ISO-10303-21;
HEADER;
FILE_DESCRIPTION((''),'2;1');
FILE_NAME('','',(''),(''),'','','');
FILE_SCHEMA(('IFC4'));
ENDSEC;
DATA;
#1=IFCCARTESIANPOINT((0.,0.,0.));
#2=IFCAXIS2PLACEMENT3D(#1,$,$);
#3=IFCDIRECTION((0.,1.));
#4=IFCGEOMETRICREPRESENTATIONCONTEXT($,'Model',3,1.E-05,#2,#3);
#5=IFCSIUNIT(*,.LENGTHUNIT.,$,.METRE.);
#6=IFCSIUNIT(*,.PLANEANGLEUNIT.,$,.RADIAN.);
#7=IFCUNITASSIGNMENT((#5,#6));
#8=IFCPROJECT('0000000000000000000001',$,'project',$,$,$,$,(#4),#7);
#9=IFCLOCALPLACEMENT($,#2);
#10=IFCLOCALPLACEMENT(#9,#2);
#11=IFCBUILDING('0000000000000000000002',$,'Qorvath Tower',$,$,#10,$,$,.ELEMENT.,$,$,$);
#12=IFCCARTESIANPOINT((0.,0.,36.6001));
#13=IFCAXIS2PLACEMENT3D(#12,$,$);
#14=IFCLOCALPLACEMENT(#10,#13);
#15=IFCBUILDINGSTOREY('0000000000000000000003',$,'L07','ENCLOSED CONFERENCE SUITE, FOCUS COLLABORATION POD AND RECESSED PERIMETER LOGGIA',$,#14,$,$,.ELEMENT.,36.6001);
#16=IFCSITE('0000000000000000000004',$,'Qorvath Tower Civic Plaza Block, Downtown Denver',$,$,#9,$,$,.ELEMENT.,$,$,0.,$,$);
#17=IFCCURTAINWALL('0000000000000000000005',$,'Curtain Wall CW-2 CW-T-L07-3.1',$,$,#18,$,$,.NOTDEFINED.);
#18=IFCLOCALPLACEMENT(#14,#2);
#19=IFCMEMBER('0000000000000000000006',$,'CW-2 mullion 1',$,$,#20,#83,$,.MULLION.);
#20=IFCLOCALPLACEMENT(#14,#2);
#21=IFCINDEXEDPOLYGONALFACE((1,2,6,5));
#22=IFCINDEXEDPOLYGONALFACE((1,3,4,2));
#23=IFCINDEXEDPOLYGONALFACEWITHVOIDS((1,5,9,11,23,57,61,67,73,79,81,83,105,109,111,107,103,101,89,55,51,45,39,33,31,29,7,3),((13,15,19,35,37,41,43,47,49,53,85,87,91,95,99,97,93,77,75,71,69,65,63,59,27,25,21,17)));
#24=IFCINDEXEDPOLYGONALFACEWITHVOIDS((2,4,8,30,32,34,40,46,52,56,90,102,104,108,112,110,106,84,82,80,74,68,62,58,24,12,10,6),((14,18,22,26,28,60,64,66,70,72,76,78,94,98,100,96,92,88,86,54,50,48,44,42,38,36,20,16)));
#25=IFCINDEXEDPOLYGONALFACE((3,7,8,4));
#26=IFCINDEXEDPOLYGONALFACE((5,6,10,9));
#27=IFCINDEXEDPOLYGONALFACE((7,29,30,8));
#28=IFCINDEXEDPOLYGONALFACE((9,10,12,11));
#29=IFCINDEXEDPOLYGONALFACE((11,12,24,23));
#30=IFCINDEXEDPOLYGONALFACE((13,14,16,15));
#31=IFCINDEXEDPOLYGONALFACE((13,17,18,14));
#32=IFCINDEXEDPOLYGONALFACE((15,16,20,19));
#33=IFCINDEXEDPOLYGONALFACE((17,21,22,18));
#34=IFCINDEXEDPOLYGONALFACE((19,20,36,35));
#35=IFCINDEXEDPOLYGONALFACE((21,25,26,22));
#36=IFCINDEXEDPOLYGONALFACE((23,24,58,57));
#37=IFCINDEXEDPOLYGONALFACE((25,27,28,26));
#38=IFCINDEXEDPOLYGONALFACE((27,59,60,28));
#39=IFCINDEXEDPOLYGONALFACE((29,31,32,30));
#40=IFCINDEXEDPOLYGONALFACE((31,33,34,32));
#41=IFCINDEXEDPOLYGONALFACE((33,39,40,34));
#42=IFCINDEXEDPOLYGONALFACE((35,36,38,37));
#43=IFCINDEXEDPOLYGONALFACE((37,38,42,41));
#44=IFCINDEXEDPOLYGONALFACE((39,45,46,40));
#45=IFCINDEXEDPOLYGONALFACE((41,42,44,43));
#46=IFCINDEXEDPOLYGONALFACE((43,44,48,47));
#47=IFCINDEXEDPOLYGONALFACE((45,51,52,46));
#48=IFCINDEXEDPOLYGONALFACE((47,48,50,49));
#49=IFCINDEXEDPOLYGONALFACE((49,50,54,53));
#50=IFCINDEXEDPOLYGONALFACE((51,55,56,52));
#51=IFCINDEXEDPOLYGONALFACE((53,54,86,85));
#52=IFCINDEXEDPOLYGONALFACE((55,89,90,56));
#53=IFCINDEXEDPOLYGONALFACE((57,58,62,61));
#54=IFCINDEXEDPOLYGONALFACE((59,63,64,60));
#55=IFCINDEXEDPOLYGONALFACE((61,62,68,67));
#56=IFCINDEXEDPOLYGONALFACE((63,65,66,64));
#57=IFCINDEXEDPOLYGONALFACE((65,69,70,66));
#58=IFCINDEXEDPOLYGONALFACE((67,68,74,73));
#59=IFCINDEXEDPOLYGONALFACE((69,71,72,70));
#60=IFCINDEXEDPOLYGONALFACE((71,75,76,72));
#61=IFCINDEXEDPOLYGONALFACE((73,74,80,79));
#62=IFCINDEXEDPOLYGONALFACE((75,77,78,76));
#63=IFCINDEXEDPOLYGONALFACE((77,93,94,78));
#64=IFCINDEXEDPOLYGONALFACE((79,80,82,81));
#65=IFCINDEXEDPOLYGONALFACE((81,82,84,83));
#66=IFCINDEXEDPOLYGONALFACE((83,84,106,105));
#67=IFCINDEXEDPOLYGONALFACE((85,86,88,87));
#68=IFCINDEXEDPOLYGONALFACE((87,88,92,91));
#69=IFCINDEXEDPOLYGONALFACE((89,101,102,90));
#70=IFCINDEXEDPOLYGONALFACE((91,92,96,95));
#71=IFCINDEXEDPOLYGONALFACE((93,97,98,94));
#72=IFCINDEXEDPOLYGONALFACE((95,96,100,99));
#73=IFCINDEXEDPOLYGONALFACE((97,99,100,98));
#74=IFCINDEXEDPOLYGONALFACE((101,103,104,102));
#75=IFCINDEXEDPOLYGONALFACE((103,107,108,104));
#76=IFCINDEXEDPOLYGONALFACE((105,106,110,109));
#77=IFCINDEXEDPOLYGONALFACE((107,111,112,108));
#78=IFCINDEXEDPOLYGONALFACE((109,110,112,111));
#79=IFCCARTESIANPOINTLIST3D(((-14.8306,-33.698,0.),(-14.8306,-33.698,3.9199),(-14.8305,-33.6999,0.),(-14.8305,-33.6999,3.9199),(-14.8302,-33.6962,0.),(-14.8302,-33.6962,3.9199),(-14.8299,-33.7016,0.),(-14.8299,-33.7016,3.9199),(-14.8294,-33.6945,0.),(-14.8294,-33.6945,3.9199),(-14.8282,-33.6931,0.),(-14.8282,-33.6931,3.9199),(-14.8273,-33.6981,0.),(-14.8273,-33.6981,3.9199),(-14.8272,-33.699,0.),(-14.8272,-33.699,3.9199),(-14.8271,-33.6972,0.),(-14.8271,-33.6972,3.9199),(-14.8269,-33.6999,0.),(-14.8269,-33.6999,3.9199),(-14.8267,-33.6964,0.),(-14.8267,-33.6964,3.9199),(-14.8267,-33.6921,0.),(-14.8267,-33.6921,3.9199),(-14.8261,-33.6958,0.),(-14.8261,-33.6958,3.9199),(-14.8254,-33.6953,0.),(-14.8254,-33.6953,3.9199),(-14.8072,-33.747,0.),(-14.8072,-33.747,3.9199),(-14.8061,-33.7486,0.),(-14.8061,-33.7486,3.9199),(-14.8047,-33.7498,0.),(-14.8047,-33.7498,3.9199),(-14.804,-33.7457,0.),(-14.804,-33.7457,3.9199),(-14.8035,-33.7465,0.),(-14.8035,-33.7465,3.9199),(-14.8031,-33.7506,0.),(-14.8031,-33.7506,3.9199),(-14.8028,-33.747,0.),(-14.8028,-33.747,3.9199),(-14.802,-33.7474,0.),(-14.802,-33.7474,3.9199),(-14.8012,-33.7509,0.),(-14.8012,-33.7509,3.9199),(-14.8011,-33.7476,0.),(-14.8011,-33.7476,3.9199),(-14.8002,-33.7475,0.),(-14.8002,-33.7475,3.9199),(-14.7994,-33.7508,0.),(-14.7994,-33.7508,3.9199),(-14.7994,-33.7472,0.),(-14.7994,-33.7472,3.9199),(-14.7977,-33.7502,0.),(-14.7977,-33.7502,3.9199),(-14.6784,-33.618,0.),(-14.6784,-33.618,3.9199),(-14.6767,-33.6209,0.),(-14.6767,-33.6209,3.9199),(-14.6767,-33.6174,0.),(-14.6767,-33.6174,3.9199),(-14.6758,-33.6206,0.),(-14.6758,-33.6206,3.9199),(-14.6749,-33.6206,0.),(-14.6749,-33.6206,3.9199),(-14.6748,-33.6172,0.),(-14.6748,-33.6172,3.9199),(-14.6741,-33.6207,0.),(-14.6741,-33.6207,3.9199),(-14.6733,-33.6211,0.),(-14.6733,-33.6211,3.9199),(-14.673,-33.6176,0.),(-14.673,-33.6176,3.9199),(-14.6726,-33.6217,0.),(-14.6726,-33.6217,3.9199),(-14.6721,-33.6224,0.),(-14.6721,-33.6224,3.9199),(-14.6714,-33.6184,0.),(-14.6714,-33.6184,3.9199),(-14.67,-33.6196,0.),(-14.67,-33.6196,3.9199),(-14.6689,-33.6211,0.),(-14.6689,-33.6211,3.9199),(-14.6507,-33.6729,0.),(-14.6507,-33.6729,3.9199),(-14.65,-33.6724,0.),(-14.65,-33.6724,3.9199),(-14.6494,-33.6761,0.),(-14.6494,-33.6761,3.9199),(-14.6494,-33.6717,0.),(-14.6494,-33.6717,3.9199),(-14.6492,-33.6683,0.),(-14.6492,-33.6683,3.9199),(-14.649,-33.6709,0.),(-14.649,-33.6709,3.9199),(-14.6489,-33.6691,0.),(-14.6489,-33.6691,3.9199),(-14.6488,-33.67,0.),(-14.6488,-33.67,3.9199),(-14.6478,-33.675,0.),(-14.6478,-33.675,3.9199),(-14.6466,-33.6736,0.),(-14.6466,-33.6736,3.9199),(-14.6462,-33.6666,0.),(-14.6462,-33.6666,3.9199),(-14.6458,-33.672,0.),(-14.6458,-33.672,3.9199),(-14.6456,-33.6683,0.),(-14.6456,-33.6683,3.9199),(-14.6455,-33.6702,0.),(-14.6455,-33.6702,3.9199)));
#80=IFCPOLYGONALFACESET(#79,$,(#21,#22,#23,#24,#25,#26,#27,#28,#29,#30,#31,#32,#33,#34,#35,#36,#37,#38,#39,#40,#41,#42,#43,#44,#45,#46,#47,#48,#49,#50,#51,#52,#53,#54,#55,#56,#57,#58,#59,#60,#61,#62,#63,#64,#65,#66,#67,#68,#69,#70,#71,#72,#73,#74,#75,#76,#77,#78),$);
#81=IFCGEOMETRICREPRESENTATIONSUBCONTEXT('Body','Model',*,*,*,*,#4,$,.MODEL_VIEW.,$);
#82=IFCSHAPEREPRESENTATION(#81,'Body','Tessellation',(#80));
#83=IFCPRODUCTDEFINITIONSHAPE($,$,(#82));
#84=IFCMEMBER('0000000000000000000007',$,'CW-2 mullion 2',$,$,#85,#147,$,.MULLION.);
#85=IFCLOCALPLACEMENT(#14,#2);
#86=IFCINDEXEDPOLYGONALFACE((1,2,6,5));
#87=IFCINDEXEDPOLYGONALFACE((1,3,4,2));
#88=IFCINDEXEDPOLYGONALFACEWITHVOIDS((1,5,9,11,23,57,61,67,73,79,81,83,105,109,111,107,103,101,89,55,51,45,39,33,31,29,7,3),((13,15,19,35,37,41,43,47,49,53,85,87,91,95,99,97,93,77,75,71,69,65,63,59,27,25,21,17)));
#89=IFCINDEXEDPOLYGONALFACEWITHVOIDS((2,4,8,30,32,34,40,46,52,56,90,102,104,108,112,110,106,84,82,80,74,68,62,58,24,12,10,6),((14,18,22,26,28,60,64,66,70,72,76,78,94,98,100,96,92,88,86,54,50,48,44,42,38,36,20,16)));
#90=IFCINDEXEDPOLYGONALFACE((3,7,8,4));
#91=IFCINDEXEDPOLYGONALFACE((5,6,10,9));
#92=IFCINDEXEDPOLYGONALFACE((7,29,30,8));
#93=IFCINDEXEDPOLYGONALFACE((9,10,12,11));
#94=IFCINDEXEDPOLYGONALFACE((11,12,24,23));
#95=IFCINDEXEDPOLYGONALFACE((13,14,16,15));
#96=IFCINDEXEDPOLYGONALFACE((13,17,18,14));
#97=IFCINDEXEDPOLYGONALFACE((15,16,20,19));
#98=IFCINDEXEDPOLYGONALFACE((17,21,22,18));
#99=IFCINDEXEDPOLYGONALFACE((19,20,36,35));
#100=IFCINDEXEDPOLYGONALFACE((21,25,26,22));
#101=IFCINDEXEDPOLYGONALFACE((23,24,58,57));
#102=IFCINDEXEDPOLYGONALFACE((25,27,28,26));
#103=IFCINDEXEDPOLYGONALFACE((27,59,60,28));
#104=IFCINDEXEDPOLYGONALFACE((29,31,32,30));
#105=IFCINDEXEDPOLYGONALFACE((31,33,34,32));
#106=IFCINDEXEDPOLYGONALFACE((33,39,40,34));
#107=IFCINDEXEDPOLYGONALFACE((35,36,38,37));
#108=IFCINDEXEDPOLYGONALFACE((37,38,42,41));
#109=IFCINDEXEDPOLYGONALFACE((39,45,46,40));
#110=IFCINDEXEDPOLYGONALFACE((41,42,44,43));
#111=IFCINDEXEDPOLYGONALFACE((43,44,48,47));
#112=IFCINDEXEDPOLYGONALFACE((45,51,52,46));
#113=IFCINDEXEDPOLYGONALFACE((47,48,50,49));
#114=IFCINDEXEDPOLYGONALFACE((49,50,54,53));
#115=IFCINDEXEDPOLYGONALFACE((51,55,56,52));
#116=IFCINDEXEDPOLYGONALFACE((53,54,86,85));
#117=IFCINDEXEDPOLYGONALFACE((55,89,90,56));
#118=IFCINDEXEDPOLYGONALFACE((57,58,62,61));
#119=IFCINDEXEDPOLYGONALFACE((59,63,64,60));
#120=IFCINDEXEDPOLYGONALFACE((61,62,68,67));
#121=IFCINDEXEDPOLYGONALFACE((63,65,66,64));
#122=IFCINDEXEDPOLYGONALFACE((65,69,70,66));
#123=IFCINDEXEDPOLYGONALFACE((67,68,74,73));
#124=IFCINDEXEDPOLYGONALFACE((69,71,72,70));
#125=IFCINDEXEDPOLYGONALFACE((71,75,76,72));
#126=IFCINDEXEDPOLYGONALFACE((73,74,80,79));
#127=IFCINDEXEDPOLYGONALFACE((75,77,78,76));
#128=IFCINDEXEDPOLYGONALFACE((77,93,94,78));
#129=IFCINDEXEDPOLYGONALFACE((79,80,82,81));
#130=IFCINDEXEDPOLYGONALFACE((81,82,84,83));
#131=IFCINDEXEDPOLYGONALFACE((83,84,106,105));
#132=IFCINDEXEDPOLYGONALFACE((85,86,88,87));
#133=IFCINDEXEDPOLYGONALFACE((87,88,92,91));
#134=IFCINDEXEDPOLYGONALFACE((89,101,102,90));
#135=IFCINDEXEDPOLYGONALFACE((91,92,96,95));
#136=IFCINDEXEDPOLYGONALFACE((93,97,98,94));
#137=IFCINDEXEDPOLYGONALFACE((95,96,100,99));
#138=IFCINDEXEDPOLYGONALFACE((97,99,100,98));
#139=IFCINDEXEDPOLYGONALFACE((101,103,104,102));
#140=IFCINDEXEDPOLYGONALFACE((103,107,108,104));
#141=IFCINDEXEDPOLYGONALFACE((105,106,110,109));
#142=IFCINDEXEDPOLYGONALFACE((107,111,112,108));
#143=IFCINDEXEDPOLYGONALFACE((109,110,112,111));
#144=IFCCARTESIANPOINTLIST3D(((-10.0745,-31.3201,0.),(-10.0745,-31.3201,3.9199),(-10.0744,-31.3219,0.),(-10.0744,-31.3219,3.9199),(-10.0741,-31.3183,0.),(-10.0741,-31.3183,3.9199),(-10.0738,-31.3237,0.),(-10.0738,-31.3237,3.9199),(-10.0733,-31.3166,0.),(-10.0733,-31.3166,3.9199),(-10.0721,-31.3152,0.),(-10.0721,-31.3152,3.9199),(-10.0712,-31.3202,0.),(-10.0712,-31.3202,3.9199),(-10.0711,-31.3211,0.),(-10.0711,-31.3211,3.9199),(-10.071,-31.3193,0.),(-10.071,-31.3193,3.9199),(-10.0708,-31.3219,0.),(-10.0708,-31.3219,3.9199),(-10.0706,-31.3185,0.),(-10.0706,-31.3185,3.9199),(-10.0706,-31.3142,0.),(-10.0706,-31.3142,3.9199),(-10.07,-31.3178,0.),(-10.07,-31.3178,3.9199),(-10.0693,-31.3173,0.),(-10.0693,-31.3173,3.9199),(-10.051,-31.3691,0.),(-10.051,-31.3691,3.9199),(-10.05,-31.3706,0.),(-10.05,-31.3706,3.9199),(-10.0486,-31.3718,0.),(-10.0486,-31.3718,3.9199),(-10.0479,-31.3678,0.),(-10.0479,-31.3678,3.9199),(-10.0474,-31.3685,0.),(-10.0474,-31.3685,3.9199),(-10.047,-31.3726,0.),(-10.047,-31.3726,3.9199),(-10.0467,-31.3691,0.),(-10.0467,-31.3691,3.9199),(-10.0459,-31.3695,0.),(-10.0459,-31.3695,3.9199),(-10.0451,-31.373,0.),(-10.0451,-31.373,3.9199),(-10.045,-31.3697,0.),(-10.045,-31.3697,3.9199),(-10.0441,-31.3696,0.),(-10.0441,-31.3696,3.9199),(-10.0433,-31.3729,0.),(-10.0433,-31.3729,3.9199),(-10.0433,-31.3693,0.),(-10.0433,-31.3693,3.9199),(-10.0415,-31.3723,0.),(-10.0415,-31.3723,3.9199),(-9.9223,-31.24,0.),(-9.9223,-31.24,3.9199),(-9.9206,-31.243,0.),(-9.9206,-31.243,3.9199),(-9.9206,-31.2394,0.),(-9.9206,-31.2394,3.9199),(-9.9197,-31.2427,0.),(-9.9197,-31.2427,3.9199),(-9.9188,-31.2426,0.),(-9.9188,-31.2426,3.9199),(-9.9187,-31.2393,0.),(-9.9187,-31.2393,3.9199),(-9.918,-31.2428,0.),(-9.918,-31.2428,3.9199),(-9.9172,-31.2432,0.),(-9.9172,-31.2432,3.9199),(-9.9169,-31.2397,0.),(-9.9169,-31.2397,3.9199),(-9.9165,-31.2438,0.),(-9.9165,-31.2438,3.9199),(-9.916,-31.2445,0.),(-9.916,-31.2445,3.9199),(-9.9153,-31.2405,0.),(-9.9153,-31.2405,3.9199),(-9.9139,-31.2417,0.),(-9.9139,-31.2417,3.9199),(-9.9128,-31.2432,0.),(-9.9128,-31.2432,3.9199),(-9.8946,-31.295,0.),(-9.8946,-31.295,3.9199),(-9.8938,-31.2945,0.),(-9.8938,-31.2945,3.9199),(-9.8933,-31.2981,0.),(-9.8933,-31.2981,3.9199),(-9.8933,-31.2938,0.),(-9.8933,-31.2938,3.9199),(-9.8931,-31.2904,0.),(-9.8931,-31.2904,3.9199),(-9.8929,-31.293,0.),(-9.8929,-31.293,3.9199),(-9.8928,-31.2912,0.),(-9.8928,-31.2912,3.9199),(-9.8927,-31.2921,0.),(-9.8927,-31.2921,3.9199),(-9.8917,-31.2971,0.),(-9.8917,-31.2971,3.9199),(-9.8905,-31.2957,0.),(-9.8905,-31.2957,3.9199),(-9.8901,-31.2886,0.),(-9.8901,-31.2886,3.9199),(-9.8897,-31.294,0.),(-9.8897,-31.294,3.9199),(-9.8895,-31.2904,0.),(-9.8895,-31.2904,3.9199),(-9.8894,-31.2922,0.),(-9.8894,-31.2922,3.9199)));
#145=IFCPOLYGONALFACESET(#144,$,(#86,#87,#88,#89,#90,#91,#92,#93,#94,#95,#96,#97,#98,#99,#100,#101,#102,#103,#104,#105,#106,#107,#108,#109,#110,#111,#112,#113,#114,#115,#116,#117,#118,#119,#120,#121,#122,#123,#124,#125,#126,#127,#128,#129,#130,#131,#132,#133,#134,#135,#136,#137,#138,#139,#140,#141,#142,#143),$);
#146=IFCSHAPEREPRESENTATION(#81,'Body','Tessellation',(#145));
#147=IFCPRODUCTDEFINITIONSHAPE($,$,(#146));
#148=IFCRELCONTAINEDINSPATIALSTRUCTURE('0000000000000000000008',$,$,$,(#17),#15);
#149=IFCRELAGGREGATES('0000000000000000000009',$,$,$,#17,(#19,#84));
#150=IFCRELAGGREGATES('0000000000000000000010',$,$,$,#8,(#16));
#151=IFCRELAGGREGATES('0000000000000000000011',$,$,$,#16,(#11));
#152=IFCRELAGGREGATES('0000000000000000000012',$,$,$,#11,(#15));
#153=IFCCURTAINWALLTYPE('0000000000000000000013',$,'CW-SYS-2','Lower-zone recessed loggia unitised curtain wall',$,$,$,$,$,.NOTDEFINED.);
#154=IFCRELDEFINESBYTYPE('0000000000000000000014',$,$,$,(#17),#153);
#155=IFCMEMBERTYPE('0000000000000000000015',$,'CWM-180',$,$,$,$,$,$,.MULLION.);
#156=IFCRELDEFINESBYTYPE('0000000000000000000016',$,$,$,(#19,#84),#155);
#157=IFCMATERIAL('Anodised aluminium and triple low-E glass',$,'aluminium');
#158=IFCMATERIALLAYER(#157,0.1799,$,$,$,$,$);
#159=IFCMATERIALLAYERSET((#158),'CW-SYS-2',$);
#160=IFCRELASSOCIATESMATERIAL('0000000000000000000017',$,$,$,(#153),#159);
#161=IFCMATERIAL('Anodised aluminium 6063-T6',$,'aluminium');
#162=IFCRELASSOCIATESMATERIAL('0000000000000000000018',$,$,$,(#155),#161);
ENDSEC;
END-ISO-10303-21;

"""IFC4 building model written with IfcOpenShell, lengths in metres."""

from ifc_helpers import new_model, si_unit, direction, frame, origin, origin_2d, place, context, subcontext, project, spatial, hollow_rectangle, extrude, material, layer, layer_set, material_profile, profile_set, type_object, element, aggregate, save


model = new_model("IFC4")

# Units and contexts
model_context = context("Model", 3, precision=1e-05, world=origin(), true_north=direction((0.0, 1.0)))
body_context = subcontext(model_context, "Body", "Model", "MODEL_VIEW")
ifc_project = project(units=[si_unit("LENGTHUNIT", "METRE"), si_unit("PLANEANGLEUNIT", "RADIAN")], contexts=[model_context])

# Site, building, storey
site_placement = place(None, origin())
site = spatial("IfcSite", under=ifc_project, at=site_placement, Name="Qorvath Tower Civic Plaza Block, Downtown Denver", CompositionType="ELEMENT", RefElevation=0.0)
building_placement = place(site_placement, origin())
building = spatial("IfcBuilding", under=site, at=building_placement, Name="Qorvath Tower", CompositionType="ELEMENT")
storey_placement = place(building_placement, frame((0.0, 0.0, 36.6001)))
storey = spatial("IfcBuildingStorey", under=building, at=storey_placement, Name="L07", Description="ENCLOSED CONFERENCE SUITE, FOCUS COLLABORATION POD AND RECESSED PERIMETER LOGGIA", CompositionType="ELEMENT", Elevation=36.6001)

# Curtain wall, members
ifc_material_1 = material(Name="Anodised aluminium and triple low-E glass", Category="aluminium")
ifc_layer_1 = layer(ifc_material_1, 0.1799)
ifc_layer_set_1 = layer_set([ifc_layer_1], Name="CW-SYS-2")
curtain_wall_type = type_object("IfcCurtainWallType", Name="CW-SYS-2", Description="Lower-zone recessed loggia unitised curtain wall", PredefinedType="NOTDEFINED", material=ifc_layer_set_1)
ifc_material_2 = material(Name="Anodised aluminium 6063-T6", Category="aluminium")
ifc_material_profile_1 = material_profile(ifc_material_2, hollow_rectangle(XDim=0.0649, YDim=0.1799, WallThickness=0.0034, InnerFilletRadius=0.0034, OuterFilletRadius=0.0071, at=origin_2d()), Name="CWM 180x65")
ifc_profile_set_1 = profile_set([ifc_material_profile_1], Name="Anodised aluminium 6063-T6")
member_type_1 = type_object("IfcMemberType", Name="CWM-180", PredefinedType="MULLION", material=ifc_profile_set_1)
curtain_wall_1_placement = place(storey_placement, origin())
curtain_wall_1 = element("IfcCurtainWall", 1, at=curtain_wall_1_placement, inside=storey, type_object=curtain_wall_type, Name="Curtain Wall CW-2 CW-T-L07-3.1", PredefinedType="NOTDEFINED")
member_1_placement = place(storey_placement, frame((-14.738, -33.6841, 0.0), z_axis=(0.0, 0.0, 1.0), x_axis=(-0.447199, 0.894435, 0.0)))
member_1 = element("IfcMember", 2, at=member_1_placement, type_object=member_type_1, Name="CW-2 mullion 1", PredefinedType="MULLION", context=body_context, shape_type="SweptSolid", body=[
    extrude(hollow_rectangle(XDim=0.0649, YDim=0.1799, WallThickness=0.0034, InnerFilletRadius=0.0034, OuterFilletRadius=0.0071, at=origin_2d()), origin(), (0.0, 0.0, 1.0), 3.9199),
])
member_2_placement = place(storey_placement, frame((-9.9819, -31.3062, 0.0), z_axis=(0.0, 0.0, 1.0), x_axis=(-0.447199, 0.894435, 0.0)))
member_2 = element("IfcMember", 3, at=member_2_placement, type_object=member_type_1, Name="CW-2 mullion 2", PredefinedType="MULLION", context=body_context, shape_type="SweptSolid", body=[
    extrude(hollow_rectangle(XDim=0.0649, YDim=0.1799, WallThickness=0.0034, InnerFilletRadius=0.0034, OuterFilletRadius=0.0071, at=origin_2d()), origin(), (0.0, 0.0, 1.0), 3.9199),
])

aggregate(curtain_wall_1, [member_1, member_2])

save(model, "model.ifc")
